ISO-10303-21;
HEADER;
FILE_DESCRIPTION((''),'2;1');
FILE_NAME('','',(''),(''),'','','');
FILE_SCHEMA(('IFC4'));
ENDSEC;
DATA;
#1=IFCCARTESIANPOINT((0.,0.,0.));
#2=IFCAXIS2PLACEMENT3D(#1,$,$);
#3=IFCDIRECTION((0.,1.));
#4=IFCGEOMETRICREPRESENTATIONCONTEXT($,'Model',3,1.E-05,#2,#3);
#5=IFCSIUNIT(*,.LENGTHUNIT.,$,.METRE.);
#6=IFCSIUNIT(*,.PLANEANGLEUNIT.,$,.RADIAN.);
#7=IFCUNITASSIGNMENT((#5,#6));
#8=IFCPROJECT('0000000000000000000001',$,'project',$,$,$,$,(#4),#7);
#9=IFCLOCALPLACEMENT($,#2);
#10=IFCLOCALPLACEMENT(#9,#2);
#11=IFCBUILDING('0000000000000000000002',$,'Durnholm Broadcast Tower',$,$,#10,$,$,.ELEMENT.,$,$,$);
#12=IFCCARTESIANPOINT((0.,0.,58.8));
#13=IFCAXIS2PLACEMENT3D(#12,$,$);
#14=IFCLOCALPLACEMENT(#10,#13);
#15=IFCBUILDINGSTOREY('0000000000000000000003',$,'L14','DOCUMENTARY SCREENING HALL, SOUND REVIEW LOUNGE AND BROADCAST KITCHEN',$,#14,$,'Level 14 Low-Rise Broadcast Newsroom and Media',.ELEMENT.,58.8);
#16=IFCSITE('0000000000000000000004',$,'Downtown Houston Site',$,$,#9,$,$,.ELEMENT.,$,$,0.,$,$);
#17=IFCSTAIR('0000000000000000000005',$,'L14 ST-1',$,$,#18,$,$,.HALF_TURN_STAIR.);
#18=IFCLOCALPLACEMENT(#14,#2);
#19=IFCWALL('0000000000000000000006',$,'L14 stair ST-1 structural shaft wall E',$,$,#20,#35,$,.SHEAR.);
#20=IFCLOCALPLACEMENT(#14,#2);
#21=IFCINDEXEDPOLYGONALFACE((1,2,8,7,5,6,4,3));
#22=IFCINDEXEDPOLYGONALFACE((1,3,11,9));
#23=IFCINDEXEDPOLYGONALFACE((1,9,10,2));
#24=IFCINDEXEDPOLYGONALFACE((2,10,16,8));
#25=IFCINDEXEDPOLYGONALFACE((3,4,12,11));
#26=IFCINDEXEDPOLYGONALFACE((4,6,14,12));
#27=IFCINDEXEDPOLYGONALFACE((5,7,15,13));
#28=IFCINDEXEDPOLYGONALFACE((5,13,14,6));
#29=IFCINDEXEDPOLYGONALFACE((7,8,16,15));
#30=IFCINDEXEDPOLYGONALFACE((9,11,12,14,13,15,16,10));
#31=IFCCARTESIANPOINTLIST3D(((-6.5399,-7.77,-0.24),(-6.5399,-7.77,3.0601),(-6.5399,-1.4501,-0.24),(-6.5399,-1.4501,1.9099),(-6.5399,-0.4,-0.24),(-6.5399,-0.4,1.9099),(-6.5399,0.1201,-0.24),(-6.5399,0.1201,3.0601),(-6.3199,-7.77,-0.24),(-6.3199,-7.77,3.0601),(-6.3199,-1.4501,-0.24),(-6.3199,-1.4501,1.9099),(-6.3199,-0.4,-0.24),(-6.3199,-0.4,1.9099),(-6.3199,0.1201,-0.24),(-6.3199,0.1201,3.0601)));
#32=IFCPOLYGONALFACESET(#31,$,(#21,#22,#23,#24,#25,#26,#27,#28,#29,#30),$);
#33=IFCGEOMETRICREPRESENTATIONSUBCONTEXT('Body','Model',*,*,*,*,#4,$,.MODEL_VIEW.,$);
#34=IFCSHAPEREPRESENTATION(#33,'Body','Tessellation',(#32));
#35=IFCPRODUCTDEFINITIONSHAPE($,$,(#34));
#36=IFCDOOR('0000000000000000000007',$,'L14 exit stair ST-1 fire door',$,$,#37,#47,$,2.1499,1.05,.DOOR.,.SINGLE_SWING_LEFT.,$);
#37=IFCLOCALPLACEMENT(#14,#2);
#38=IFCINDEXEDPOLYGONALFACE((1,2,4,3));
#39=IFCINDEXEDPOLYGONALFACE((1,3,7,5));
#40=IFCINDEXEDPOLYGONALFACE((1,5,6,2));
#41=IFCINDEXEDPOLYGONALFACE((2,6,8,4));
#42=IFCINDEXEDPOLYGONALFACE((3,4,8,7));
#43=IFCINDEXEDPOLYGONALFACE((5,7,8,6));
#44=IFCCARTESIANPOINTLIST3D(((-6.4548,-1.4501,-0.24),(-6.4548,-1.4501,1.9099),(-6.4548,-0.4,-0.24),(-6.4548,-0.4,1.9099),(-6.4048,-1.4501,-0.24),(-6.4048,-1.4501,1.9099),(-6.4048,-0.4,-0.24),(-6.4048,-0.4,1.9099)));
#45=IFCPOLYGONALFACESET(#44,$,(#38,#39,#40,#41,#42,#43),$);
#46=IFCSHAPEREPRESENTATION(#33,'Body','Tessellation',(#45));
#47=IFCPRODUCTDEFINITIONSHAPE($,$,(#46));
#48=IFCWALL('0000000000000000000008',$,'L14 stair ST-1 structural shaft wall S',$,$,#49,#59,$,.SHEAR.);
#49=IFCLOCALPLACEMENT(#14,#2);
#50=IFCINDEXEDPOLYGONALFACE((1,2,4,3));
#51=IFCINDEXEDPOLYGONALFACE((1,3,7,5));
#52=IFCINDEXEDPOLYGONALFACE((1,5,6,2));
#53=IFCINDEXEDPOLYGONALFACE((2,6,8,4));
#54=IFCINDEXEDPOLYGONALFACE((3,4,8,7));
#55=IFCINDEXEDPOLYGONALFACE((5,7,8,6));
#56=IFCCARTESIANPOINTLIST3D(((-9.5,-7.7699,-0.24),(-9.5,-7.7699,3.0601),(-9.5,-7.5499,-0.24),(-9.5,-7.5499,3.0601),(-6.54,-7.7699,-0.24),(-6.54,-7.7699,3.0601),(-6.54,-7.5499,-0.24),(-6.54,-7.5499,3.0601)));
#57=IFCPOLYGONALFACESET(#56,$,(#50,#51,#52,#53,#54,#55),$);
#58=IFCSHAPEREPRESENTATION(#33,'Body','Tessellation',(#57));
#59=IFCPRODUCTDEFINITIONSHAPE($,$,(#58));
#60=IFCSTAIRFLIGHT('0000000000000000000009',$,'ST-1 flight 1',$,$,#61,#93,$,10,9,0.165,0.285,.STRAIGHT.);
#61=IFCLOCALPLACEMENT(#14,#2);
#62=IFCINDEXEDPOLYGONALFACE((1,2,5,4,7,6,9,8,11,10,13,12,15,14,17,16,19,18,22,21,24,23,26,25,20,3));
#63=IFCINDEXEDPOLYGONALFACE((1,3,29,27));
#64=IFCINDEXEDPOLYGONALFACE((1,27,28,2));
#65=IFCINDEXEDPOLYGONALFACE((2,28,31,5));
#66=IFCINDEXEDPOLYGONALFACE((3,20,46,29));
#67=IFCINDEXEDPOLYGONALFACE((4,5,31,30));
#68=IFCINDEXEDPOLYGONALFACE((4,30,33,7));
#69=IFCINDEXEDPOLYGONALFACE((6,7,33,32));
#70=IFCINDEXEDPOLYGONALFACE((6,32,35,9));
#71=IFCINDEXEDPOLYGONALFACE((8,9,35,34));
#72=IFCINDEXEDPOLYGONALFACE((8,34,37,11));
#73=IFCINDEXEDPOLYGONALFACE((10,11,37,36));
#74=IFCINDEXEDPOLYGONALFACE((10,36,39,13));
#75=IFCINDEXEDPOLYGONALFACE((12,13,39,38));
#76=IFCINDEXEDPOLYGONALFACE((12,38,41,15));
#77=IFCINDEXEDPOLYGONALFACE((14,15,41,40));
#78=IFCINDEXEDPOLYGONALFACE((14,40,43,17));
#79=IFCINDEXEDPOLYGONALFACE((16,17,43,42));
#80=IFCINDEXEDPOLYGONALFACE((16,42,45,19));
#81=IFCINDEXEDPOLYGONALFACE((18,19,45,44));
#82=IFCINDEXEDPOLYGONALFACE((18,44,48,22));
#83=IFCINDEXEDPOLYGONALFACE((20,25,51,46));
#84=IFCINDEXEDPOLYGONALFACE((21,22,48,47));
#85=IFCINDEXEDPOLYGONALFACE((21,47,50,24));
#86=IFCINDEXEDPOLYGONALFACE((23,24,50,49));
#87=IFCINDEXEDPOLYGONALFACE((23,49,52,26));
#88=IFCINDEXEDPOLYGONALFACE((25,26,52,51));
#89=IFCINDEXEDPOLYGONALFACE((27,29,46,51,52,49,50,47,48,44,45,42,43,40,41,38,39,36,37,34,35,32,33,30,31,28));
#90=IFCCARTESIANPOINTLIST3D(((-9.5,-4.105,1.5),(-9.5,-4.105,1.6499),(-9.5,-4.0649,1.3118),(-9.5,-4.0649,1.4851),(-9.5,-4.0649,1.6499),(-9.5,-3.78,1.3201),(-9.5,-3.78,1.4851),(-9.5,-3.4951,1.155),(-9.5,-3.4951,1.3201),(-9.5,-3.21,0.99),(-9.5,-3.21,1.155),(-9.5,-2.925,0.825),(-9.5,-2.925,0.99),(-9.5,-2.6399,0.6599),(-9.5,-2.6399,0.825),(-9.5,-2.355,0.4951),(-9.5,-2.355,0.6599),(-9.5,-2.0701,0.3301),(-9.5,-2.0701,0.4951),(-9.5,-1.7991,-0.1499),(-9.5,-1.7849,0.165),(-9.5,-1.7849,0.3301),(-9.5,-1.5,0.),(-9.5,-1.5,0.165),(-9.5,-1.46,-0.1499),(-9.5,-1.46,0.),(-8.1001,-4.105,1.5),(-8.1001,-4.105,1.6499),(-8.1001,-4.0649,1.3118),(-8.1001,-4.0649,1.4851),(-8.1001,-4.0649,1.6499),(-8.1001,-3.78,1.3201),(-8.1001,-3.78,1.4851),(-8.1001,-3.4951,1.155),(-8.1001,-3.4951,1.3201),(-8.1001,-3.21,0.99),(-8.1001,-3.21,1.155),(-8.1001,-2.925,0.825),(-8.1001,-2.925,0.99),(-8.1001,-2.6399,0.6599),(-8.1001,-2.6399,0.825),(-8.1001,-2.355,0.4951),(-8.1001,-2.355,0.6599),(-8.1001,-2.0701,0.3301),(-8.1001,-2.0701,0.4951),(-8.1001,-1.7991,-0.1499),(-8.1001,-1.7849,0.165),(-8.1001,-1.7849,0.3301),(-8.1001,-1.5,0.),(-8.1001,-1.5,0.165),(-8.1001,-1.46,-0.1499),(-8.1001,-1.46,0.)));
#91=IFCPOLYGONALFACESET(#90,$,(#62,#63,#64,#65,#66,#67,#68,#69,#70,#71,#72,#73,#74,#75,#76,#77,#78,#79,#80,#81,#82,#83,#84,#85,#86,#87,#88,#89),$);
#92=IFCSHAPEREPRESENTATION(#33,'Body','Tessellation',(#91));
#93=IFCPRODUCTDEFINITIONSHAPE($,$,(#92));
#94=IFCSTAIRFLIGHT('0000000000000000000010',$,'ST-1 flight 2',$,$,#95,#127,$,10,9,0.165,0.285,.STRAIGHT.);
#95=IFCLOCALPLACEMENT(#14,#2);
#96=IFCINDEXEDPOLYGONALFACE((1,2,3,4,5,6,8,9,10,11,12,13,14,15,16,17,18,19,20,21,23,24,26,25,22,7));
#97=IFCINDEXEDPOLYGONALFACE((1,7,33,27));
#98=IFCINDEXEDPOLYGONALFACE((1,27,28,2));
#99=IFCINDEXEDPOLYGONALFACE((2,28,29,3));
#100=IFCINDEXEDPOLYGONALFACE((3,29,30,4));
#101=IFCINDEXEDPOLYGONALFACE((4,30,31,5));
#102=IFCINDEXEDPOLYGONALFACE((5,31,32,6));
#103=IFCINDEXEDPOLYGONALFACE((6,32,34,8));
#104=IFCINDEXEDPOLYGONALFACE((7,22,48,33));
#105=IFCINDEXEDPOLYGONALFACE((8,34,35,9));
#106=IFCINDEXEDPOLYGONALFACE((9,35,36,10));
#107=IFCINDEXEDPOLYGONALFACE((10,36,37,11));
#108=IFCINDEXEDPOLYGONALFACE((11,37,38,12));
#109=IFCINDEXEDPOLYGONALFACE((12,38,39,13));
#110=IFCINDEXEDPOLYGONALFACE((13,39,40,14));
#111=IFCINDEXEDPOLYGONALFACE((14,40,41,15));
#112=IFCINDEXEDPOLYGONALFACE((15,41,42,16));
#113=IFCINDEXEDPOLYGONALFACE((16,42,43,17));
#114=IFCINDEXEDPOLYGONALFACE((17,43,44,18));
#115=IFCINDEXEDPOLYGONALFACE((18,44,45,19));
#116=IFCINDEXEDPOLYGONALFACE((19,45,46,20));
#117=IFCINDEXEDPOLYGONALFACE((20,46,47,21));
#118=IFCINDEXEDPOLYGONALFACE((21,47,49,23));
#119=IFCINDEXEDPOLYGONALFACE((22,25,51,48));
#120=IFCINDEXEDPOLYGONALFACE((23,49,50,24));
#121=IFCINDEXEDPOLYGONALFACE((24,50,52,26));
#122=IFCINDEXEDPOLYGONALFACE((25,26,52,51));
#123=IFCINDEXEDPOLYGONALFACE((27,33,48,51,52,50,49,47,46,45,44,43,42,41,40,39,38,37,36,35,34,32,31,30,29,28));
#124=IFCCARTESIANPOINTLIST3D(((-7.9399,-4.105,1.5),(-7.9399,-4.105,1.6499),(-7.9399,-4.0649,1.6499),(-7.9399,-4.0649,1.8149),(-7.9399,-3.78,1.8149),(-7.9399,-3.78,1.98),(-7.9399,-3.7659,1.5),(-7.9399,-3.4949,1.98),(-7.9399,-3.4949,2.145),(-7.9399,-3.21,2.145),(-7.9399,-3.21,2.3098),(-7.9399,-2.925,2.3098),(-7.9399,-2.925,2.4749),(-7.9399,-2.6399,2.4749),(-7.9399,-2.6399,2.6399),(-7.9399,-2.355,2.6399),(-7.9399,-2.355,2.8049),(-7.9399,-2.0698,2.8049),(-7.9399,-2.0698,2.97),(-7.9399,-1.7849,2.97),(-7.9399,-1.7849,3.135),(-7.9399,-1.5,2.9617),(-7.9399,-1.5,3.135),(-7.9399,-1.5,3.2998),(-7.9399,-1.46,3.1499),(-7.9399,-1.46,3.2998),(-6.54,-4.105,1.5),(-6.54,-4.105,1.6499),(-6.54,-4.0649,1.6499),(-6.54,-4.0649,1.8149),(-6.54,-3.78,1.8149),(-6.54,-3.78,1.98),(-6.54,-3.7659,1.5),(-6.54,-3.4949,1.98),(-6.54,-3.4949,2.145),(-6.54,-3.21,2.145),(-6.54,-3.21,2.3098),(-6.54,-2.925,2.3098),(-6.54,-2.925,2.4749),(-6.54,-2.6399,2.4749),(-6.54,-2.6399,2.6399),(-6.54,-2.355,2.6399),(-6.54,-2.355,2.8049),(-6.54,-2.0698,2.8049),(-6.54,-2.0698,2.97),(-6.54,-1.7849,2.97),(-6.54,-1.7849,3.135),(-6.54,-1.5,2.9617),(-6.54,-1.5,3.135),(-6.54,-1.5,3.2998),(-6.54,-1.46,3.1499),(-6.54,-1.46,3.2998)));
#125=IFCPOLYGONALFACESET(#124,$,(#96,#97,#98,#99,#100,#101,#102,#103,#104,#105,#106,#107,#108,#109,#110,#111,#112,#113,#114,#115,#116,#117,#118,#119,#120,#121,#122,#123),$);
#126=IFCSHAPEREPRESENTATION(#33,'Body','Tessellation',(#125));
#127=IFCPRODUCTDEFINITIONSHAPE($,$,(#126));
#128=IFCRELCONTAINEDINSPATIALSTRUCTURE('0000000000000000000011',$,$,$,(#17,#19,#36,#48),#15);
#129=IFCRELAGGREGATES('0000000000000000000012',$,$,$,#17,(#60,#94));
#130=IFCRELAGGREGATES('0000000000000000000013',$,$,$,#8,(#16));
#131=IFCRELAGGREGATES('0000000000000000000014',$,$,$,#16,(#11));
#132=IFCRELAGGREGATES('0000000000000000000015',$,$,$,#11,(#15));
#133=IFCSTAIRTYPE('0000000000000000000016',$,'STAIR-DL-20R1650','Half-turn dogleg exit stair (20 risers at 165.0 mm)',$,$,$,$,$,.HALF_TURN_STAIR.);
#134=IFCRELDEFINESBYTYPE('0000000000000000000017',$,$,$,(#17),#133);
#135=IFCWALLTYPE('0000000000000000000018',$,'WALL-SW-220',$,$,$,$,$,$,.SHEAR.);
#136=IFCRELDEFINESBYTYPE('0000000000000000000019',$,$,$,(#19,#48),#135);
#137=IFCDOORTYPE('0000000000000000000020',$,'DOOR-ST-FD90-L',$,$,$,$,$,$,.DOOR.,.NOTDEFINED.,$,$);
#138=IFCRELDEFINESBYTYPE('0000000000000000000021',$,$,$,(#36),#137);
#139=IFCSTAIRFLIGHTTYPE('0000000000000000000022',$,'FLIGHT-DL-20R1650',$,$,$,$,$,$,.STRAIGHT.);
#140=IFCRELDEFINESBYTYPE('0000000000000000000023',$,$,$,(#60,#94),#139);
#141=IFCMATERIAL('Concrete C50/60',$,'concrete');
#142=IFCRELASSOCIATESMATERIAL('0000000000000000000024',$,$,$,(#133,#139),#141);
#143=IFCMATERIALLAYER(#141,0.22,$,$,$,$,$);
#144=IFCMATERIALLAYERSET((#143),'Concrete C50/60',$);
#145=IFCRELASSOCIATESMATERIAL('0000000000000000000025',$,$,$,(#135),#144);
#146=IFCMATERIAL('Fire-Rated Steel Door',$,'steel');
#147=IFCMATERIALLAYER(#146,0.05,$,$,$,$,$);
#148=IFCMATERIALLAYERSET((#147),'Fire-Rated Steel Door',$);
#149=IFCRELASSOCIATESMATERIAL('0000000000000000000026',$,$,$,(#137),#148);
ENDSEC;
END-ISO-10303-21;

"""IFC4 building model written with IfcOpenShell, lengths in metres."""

from ifc_helpers import new_model, si_unit, direction, frame, frame_2d, origin, place, context, subcontext, project, spatial, polyline, rectangle, outline, extrude, source, transform, mapped, material, layer, layer_set, type_object, type_shapes, element, fill, aggregate, save


model = new_model("IFC4")

# Units and contexts
model_context = context("Model", 3, precision=1e-05, world=origin(), true_north=direction((0.0, 1.0)))
body_context = subcontext(model_context, "Body", "Model", "MODEL_VIEW")
ifc_project = project(units=[si_unit("LENGTHUNIT", "METRE"), si_unit("PLANEANGLEUNIT", "RADIAN")], contexts=[model_context])

# Site, building, storey
site_placement = place(None, origin())
site = spatial("IfcSite", under=ifc_project, at=site_placement, Name="Downtown Houston Site", CompositionType="ELEMENT", RefElevation=0.0)
building_placement = place(site_placement, origin())
building = spatial("IfcBuilding", under=site, at=building_placement, Name="Durnholm Broadcast Tower", CompositionType="ELEMENT")
storey_placement = place(building_placement, frame((0.0, 0.0, 58.8)))
storey = spatial("IfcBuildingStorey", under=building, at=storey_placement, Name="L14", Description="DOCUMENTARY SCREENING HALL, SOUND REVIEW LOUNGE AND BROADCAST KITCHEN", LongName="Level 14 Low-Rise Broadcast Newsroom and Media", CompositionType="ELEMENT", Elevation=58.8)

# Shared definitions
ifc_material_1 = material(Name="Concrete C50/60", Category="concrete")

# Stair
stair_type = type_object("IfcStairType", Name="STAIR-DL-20R1650", Description="Half-turn dogleg exit stair (20 risers at 165.0 mm)", PredefinedType="HALF_TURN_STAIR", material=ifc_material_1)
stair_placement = place(storey_placement, origin())
stair = element("IfcStair", 1, at=stair_placement, inside=storey, type_object=stair_type, Name="L14 ST-1", PredefinedType="HALF_TURN_STAIR")

# Wall, opening, door
ifc_layer_1 = layer(ifc_material_1, 0.22)
ifc_layer_set_1 = layer_set([ifc_layer_1], Name="Concrete C50/60")
wall_type_1 = type_object("IfcWallType", Name="WALL-SW-220", PredefinedType="SHEAR", material=ifc_layer_set_1)
wall_1_placement = place(storey_placement, frame((-6.4299, -7.77, -0.24), z_axis=(0.0, 0.0, 1.0), x_axis=(0.0, 1.0, 0.0)))
wall_1 = element("IfcWall", 2, at=wall_1_placement, inside=storey, type_object=wall_type_1, Name="L14 stair ST-1 structural shaft wall E", PredefinedType="SHEAR", context=body_context, shape_type="SweptSolid", body=[
    extrude(rectangle(XDim=7.8901, YDim=0.22, at=frame_2d((3.9451, 0.0))), origin(), (0.0, 0.0, 1.0), 3.3),
])
opening_1_placement = place(wall_1_placement, frame((6.3201, 0.0, 0.0)))
opening_1 = element("IfcOpeningElement", 3, at=opening_1_placement, cuts=wall_1, PredefinedType="OPENING", context=body_context, shape_type="SweptSolid", body=[
    extrude(rectangle(XDim=1.05, YDim=2.1499, at=frame_2d((0.5249, 1.075))), frame((0.0, 0.1201, 0.0), z_axis=(0.0, -1.0, 0.0), x_axis=(1.0, 0.0, 0.0)), (0.0, 0.0, 1.0), 0.24),
])
ifc_material_2 = material(Name="Fire-Rated Steel Door", Category="steel")
ifc_layer_2 = layer(ifc_material_2, 0.05)
ifc_layer_set_2 = layer_set([ifc_layer_2], Name="Fire-Rated Steel Door")
door_type_1 = type_object("IfcDoorType", Name="DOOR-ST-FD90-L", OperationType="NOTDEFINED", PredefinedType="DOOR", material=ifc_layer_set_2)
shared_shape_1 = source(origin(), body_context, "Body", "SweptSolid", [
    extrude(rectangle(XDim=1.05, YDim=2.1499, at=frame_2d((0.5249, 1.075))), frame((0.0, 0.0249, 0.0), z_axis=(0.0, -1.0, 0.0), x_axis=(1.0, 0.0, 0.0)), (0.0, 0.0, 1.0), 0.05),
])
type_shapes(door_type_1, [shared_shape_1])
door_1_placement = place(opening_1_placement, origin())
door_1 = element("IfcDoor", 4, at=door_1_placement, inside=storey, type_object=door_type_1, Name="L14 exit stair ST-1 fire door", OperationType="SINGLE_SWING_LEFT", OverallHeight=2.1499, OverallWidth=1.05, PredefinedType="DOOR", context=body_context, shape_type="MappedRepresentation", body=[
    mapped(shared_shape_1, transform((0.0, 0.0, 0.0), x_axis=(1.0, 0.0, 0.0), y_axis=(0.0, 1.0, 0.0), z_axis=(0.0, 0.0, 1.0), scale=1.0)),
])
fill(opening_1, door_1)

# Wall
wall_2_placement = place(storey_placement, frame((-9.5, -7.6599, -0.24), z_axis=(0.0, 0.0, 1.0), x_axis=(1.0, 0.0, 0.0)))
element("IfcWall", 5, at=wall_2_placement, inside=storey, type_object=wall_type_1, Name="L14 stair ST-1 structural shaft wall S", PredefinedType="SHEAR", context=body_context, shape_type="SweptSolid", body=[
    extrude(rectangle(XDim=2.96, YDim=0.22, at=frame_2d((1.48, 0.0))), origin(), (0.0, 0.0, 1.0), 3.3),
])

# Stair flights
stair_flight_type = type_object("IfcStairFlightType", Name="FLIGHT-DL-20R1650", PredefinedType="STRAIGHT", material=ifc_material_1)
stair_flight_1_placement = place(storey_placement, frame((-8.8, -1.5, 0.0), z_axis=(0.0, 0.0, 1.0), x_axis=(0.0, -1.0, 0.0)))
stair_flight_1 = element("IfcStairFlight", 6, at=stair_flight_1_placement, type_object=stair_flight_type, Name="ST-1 flight 1", NumberOfRisers=10, NumberOfTreads=9, PredefinedType="STRAIGHT", RiserHeight=0.165, TreadLength=0.285, context=body_context, shape_type="SweptSolid", body=[
    extrude(outline(polyline([(-0.04, -0.1499), (-0.04, 0.0), (0.0, 0.0), (0.0, 0.165), (0.2849, 0.165), (0.2849, 0.3301), (0.5701, 0.3301), (0.5701, 0.4951), (0.855, 0.4951), (0.855, 0.6599), (1.1399, 0.6599), (1.1399, 0.825), (1.425, 0.825), (1.425, 0.99), (1.71, 0.99), (1.71, 1.155), (1.9951, 1.155), (1.9951, 1.3201), (2.28, 1.3201), (2.28, 1.4851), (2.5649, 1.4851), (2.5649, 1.6499), (2.605, 1.6499), (2.605, 1.5), (2.5649, 1.3118), (0.2991, -0.1499), (-0.04, -0.1499)])), frame((0.0, 0.7, 0.0), z_axis=(0.0, -1.0, 0.0), x_axis=(1.0, 0.0, 0.0)), (0.0, 0.0, 1.0), 1.3999),
])
stair_flight_2_placement = place(storey_placement, frame((-7.24, -4.0649, 1.6499), z_axis=(0.0, 0.0, 1.0), x_axis=(0.0, 1.0, 0.0)))
stair_flight_2 = element("IfcStairFlight", 7, at=stair_flight_2_placement, type_object=stair_flight_type, Name="ST-1 flight 2", NumberOfRisers=10, NumberOfTreads=9, PredefinedType="STRAIGHT", RiserHeight=0.165, TreadLength=0.285, context=body_context, shape_type="SweptSolid", body=[
    extrude(outline(polyline([(-0.04, -0.1499), (-0.04, 0.0), (0.0, 0.0), (0.0, 0.165), (0.2849, 0.165), (0.2849, 0.3301), (0.5701, 0.3301), (0.5701, 0.4951), (0.855, 0.4951), (0.855, 0.6599), (1.1399, 0.6599), (1.1399, 0.825), (1.425, 0.825), (1.425, 0.99), (1.71, 0.99), (1.71, 1.155), (1.9951, 1.155), (1.9951, 1.3201), (2.28, 1.3201), (2.28, 1.4851), (2.5649, 1.4851), (2.5649, 1.6499), (2.605, 1.6499), (2.605, 1.5), (2.5649, 1.3118), (0.2991, -0.1499), (-0.04, -0.1499)])), frame((0.0, 0.7, 0.0), z_axis=(0.0, -1.0, 0.0), x_axis=(1.0, 0.0, 0.0)), (0.0, 0.0, 1.0), 1.3999),
])
aggregate(stair, [stair_flight_1, stair_flight_2])

save(model, "model.ifc")
